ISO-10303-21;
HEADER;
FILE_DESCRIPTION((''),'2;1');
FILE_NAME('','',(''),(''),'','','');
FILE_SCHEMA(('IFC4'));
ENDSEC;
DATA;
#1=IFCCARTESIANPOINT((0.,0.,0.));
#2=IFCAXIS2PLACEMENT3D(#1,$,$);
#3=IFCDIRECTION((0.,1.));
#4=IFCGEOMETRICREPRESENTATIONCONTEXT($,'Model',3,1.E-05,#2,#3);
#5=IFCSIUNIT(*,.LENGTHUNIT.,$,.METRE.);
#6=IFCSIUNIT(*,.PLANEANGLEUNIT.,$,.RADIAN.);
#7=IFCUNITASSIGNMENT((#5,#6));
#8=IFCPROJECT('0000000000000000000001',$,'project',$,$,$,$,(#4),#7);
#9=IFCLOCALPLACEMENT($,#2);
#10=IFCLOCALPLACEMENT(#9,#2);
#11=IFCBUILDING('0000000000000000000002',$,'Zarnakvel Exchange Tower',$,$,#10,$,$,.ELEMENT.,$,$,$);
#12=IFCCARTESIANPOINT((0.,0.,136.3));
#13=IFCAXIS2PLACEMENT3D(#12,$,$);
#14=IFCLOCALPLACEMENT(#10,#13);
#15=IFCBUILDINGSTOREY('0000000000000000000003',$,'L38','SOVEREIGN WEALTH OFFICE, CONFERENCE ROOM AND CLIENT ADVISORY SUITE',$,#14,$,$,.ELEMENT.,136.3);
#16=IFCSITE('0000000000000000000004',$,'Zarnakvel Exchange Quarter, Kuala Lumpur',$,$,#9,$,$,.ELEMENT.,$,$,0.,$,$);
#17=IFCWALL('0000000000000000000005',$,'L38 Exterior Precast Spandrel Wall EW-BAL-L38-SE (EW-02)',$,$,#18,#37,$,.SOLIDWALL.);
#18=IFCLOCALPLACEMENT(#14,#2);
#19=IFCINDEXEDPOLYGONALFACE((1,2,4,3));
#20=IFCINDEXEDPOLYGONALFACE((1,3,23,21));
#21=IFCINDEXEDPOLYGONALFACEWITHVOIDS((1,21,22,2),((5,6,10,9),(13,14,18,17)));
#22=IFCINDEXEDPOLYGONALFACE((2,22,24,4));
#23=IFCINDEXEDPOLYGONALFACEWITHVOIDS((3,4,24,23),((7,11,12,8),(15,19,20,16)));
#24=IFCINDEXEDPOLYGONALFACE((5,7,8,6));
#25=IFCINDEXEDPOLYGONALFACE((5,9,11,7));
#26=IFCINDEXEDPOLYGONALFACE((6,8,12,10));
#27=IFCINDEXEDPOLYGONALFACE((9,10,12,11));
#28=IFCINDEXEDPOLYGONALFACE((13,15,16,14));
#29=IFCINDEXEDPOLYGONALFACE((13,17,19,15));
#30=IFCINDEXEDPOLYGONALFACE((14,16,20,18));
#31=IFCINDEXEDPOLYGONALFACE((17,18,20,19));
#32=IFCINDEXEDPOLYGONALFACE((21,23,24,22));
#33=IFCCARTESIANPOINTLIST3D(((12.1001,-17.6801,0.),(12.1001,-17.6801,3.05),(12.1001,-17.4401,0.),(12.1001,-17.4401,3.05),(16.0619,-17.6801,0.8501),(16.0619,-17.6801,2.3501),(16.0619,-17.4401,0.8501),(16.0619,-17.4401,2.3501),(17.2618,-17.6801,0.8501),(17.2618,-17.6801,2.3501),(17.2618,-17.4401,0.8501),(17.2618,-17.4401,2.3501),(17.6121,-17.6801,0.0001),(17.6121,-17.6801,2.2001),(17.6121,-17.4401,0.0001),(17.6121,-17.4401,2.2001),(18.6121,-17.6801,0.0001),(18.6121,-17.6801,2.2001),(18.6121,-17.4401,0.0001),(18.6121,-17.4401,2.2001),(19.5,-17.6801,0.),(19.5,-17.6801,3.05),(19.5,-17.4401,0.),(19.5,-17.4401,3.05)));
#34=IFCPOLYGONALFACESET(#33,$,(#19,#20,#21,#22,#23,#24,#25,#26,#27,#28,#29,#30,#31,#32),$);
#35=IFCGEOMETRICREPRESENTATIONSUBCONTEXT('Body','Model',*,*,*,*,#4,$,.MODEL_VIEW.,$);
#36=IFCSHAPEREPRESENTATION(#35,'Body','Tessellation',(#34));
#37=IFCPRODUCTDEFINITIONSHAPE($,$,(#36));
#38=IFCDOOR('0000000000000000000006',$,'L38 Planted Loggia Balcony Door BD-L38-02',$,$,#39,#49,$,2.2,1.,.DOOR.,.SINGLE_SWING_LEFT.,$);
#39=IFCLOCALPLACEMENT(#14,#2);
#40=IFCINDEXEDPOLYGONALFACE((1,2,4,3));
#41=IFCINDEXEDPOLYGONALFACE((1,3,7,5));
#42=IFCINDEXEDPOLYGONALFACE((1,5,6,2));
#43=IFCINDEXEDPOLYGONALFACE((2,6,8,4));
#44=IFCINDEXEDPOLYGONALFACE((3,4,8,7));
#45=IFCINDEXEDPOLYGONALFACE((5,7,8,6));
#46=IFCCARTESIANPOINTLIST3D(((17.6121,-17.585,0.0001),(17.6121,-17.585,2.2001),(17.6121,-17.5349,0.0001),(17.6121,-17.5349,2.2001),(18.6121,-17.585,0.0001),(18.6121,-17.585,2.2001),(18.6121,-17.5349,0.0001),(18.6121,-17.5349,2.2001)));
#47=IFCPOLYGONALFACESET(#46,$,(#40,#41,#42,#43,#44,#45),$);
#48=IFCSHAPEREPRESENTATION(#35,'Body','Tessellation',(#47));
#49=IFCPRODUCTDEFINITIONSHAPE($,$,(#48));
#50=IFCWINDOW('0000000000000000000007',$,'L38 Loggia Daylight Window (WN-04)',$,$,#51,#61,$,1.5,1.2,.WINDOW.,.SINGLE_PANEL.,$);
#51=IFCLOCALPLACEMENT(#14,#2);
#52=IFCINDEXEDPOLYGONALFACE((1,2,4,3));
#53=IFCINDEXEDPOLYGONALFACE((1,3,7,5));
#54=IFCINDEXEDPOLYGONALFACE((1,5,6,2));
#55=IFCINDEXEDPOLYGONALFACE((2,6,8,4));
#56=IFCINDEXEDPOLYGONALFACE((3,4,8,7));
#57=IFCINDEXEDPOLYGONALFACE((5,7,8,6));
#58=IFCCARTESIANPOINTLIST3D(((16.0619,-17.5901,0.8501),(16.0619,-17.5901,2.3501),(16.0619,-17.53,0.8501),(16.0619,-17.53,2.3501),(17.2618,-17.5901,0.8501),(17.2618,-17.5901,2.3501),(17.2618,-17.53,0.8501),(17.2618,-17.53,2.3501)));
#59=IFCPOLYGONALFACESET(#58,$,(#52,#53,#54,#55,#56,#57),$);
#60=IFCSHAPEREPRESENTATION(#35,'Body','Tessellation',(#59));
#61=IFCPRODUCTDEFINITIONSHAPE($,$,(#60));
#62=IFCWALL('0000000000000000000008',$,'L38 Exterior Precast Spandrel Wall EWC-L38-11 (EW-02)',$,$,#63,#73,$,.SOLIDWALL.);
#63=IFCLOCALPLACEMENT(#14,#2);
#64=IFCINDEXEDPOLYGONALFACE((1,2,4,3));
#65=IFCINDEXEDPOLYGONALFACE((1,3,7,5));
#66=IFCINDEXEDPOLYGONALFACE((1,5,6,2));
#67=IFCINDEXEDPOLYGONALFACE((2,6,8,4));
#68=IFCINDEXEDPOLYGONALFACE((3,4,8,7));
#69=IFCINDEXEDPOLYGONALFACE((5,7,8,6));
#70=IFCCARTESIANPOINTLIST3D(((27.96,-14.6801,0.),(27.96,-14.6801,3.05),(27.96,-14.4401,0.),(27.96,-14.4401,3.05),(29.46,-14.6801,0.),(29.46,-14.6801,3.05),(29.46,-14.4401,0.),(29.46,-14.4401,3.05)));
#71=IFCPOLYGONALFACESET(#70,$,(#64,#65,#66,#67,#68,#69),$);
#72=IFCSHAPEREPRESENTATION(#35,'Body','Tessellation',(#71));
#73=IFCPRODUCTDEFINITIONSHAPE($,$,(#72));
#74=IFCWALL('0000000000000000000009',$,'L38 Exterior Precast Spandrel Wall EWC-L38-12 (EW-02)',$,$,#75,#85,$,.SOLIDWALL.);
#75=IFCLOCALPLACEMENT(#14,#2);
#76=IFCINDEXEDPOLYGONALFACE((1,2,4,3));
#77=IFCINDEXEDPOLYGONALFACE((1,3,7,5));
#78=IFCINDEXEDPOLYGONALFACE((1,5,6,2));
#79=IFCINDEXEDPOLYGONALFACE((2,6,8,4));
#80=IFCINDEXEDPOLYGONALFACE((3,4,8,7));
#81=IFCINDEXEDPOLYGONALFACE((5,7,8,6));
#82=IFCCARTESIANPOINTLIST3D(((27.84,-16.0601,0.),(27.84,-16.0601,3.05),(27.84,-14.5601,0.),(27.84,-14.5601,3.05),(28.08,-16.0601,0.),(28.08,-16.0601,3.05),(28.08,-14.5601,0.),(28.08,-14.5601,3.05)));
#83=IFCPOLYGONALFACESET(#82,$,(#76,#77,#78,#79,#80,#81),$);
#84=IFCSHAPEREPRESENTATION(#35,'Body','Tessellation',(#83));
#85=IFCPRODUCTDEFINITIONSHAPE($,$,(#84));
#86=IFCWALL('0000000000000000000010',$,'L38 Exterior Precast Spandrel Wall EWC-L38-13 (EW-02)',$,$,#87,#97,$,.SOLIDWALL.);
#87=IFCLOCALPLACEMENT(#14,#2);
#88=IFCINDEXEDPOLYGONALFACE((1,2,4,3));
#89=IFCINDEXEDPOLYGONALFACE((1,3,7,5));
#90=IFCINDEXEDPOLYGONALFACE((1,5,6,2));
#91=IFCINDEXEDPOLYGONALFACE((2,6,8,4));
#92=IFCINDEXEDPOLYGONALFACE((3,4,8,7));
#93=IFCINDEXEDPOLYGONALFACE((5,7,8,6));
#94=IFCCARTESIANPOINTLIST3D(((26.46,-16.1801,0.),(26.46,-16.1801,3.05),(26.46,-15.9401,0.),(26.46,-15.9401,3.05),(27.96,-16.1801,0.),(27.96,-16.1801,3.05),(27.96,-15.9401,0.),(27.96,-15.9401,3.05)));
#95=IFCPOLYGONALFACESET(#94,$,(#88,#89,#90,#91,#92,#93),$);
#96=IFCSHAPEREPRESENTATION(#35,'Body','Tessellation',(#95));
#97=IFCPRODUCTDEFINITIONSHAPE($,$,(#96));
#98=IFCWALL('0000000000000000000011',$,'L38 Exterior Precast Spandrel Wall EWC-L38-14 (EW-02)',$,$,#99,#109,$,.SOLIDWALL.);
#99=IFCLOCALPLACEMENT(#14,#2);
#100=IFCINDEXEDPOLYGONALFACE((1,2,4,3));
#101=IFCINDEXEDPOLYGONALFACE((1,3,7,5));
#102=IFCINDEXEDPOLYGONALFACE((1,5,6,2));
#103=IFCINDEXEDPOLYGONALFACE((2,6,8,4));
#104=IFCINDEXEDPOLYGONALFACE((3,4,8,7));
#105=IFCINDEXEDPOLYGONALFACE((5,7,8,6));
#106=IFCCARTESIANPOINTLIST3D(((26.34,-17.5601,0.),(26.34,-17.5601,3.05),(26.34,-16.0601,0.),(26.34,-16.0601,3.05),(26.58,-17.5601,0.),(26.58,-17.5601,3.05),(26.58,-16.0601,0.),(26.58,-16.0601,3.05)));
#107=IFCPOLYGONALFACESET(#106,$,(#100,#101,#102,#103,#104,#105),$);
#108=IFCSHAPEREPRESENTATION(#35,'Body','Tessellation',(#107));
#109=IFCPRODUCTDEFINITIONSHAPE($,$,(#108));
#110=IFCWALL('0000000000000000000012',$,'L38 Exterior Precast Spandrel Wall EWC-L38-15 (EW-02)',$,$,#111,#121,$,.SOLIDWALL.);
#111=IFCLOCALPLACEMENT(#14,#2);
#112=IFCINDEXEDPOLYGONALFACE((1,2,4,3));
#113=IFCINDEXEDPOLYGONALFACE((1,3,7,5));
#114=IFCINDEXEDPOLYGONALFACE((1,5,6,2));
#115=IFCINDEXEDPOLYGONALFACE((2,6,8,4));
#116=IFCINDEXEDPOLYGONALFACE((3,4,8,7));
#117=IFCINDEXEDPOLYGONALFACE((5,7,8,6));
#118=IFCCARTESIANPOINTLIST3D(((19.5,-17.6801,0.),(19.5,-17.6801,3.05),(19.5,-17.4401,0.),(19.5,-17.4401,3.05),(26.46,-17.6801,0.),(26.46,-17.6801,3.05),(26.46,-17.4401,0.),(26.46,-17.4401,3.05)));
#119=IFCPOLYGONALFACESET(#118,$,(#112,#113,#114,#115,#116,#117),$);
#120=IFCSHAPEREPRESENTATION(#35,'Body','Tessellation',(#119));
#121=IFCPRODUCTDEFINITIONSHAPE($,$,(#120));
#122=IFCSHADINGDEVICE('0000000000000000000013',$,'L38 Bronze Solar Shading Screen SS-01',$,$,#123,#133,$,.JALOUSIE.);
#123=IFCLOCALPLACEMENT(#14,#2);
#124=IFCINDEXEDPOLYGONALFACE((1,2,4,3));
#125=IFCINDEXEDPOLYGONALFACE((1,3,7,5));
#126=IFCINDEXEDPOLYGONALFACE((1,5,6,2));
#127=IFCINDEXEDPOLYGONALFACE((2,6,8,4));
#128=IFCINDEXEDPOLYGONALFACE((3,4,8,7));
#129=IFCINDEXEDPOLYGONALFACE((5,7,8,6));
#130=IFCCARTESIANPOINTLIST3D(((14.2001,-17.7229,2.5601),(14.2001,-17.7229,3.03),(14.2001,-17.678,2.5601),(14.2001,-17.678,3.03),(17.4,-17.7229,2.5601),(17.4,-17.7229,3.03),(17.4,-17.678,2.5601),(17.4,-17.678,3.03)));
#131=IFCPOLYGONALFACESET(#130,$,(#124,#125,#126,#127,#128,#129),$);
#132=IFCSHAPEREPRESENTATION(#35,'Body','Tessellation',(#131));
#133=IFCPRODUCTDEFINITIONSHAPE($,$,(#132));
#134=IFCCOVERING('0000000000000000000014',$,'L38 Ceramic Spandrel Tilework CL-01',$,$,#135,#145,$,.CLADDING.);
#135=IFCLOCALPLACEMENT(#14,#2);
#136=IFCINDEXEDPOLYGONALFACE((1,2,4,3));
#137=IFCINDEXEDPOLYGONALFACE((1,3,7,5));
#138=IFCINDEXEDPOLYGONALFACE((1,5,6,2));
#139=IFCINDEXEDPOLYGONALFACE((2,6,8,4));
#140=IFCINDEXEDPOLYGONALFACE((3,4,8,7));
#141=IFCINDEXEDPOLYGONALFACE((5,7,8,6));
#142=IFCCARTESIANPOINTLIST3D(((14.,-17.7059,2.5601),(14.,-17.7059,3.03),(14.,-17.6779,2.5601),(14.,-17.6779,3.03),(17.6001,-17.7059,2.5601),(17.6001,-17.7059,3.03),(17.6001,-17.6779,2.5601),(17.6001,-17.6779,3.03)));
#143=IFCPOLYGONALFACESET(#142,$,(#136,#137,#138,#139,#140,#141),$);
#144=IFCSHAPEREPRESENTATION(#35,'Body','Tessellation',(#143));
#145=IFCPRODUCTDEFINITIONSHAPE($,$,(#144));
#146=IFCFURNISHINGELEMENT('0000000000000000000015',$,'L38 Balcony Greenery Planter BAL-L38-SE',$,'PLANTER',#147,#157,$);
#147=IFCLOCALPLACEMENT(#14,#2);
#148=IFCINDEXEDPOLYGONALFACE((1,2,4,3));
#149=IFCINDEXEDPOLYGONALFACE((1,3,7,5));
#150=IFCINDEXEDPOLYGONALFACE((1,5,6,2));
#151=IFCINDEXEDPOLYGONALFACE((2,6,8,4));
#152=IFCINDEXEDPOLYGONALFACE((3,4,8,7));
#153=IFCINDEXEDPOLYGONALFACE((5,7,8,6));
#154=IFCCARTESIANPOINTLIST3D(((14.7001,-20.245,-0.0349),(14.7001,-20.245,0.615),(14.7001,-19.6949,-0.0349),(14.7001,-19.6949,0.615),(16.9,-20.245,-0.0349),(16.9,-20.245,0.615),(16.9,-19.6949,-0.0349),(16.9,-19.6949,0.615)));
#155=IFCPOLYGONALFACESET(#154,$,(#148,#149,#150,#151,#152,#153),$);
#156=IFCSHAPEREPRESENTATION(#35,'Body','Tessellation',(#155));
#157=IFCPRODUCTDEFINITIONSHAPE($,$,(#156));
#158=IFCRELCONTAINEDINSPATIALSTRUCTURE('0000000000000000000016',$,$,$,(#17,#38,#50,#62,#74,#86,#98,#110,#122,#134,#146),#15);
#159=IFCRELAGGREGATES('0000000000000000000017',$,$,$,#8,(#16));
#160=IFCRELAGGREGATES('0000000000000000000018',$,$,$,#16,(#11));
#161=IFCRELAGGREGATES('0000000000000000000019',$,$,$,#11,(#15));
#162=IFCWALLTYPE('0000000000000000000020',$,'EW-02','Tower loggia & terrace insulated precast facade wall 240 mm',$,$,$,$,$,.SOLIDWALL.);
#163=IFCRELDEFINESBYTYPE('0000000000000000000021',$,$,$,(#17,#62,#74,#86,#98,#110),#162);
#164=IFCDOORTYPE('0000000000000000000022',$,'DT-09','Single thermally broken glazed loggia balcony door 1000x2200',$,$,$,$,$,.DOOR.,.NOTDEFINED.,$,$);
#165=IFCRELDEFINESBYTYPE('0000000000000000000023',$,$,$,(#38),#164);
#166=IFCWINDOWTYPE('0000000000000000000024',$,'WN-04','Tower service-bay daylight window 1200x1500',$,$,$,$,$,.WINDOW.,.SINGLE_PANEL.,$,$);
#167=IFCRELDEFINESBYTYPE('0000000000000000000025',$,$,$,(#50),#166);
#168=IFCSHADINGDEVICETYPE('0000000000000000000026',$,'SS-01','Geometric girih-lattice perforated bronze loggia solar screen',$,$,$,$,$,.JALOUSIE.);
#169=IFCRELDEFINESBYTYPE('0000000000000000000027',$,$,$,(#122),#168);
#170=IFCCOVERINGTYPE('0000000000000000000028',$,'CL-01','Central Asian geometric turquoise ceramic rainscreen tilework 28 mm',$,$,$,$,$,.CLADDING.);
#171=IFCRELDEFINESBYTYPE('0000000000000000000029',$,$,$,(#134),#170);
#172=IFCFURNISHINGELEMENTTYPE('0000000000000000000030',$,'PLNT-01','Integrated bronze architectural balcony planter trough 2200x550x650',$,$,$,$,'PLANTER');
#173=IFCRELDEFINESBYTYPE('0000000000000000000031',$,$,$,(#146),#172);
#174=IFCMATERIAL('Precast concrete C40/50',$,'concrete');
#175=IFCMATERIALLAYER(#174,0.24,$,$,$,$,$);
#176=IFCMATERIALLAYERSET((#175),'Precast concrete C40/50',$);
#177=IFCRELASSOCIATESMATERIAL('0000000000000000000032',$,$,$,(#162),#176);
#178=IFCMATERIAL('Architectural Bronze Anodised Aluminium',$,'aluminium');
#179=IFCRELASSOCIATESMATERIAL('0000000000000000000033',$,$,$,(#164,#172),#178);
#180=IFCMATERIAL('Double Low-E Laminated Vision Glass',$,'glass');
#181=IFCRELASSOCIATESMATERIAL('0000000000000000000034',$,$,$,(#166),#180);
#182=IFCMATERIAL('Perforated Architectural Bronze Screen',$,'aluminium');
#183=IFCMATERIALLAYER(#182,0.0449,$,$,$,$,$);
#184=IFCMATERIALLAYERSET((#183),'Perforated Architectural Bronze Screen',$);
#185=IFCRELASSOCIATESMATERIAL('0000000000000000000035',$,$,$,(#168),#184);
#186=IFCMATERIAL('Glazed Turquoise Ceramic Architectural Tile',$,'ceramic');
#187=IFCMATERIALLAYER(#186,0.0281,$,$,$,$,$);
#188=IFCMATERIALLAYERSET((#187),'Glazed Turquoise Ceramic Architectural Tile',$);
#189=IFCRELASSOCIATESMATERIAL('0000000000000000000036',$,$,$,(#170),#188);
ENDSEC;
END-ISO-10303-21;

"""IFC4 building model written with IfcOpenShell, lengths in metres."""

from ifc_helpers import new_model, si_unit, direction, frame, frame_2d, origin, origin_2d, place, context, subcontext, project, spatial, rectangle, extrude, source, transform, mapped, material, layer, layer_set, type_object, element, fill, save


model = new_model("IFC4")

# Units and contexts
model_context = context("Model", 3, precision=1e-05, world=origin(), true_north=direction((0.0, 1.0)))
body_context = subcontext(model_context, "Body", "Model", "MODEL_VIEW")
ifc_project = project(units=[si_unit("LENGTHUNIT", "METRE"), si_unit("PLANEANGLEUNIT", "RADIAN")], contexts=[model_context])

# Site, building, storey
site_placement = place(None, origin())
site = spatial("IfcSite", under=ifc_project, at=site_placement, Name="Zarnakvel Exchange Quarter, Kuala Lumpur", CompositionType="ELEMENT", RefElevation=0.0)
building_placement = place(site_placement, origin())
building = spatial("IfcBuilding", under=site, at=building_placement, Name="Zarnakvel Exchange Tower", CompositionType="ELEMENT")
storey_placement = place(building_placement, frame((0.0, 0.0, 136.3)))
storey = spatial("IfcBuildingStorey", under=building, at=storey_placement, Name="L38", Description="SOVEREIGN WEALTH OFFICE, CONFERENCE ROOM AND CLIENT ADVISORY SUITE", CompositionType="ELEMENT", Elevation=136.3)

# Shared definitions
ifc_material_1 = material(Name="Architectural Bronze Anodised Aluminium", Category="aluminium")
ifc_material_2 = material(Name="Double Low-E Laminated Vision Glass", Category="glass")

# Wall, openings, door, window
ifc_material_3 = material(Name="Precast concrete C40/50", Category="concrete")
ifc_layer_1 = layer(ifc_material_3, 0.24)
ifc_layer_set_1 = layer_set([ifc_layer_1], Name="Precast concrete C40/50")
wall_type = type_object("IfcWallType", Name="EW-02", Description="Tower loggia & terrace insulated precast facade wall 240 mm", PredefinedType="SOLIDWALL", material=ifc_layer_set_1)
wall_1_placement = place(storey_placement, frame((19.5, -17.5601, 0.0), z_axis=(0.0, 0.0, 1.0), x_axis=(-1.0, 0.0, 0.0)))
wall_1 = element("IfcWall", 1, at=wall_1_placement, inside=storey, type_object=wall_type, Name="L38 Exterior Precast Spandrel Wall EW-BAL-L38-SE (EW-02)", PredefinedType="SOLIDWALL", context=body_context, shape_type="SweptSolid", body=[
    extrude(rectangle(XDim=7.3999, YDim=0.24, at=frame_2d((3.7, 0.0))), origin(), (0.0, 0.0, 1.0), 3.05),
])
opening_1_placement = place(wall_1_placement, frame((0.8879, 0.0, 0.0)))
opening_1 = element("IfcOpeningElement", 2, at=opening_1_placement, cuts=wall_1, PredefinedType="OPENING", context=body_context, shape_type="SweptSolid", body=[
    extrude(rectangle(XDim=1.0, YDim=2.2, at=frame_2d((0.5, 1.1001))), frame((0.0, 0.1299, 0.0), z_axis=(0.0, -1.0, 0.0), x_axis=(1.0, 0.0, 0.0)), (0.0, 0.0, 1.0), 0.26),
])
opening_2_placement = place(wall_1_placement, frame((2.238, 0.0, 0.8501)))
opening_2 = element("IfcOpeningElement", 3, at=opening_2_placement, cuts=wall_1, PredefinedType="OPENING", context=body_context, shape_type="SweptSolid", body=[
    extrude(rectangle(XDim=1.2, YDim=1.5, at=frame_2d((0.6001, 0.75))), frame((0.0, 0.1299, 0.0), z_axis=(0.0, -1.0, 0.0), x_axis=(1.0, 0.0, 0.0)), (0.0, 0.0, 1.0), 0.26),
])
door_type = type_object("IfcDoorType", Name="DT-09", Description="Single thermally broken glazed loggia balcony door 1000x2200", OperationType="NOTDEFINED", PredefinedType="DOOR", material=ifc_material_1)
shared_shape_1 = source(origin(), body_context, "Body", "SweptSolid", [
    extrude(rectangle(XDim=1.0, YDim=2.2, at=frame_2d((0.5, 1.1001))), frame((0.0, 0.0249, 0.0), z_axis=(0.0, -1.0, 0.0), x_axis=(1.0, 0.0, 0.0)), (0.0, 0.0, 1.0), 0.05),
])
door_placement = place(opening_1_placement, origin())
door = element("IfcDoor", 4, at=door_placement, inside=storey, type_object=door_type, Name="L38 Planted Loggia Balcony Door BD-L38-02", OperationType="SINGLE_SWING_LEFT", OverallHeight=2.2, OverallWidth=1.0, PredefinedType="DOOR", context=body_context, shape_type="MappedRepresentation", body=[
    mapped(shared_shape_1, transform((0.0, 0.0, 0.0), x_axis=(1.0, 0.0, 0.0), y_axis=(0.0, 1.0, 0.0), z_axis=(0.0, 0.0, 1.0), scale=1.0)),
])
fill(opening_1, door)
window_type = type_object("IfcWindowType", Name="WN-04", Description="Tower service-bay daylight window 1200x1500", PartitioningType="SINGLE_PANEL", PredefinedType="WINDOW", material=ifc_material_2)
shared_shape_2 = source(origin(), body_context, "Body", "SweptSolid", [
    extrude(rectangle(XDim=1.2, YDim=1.5, at=frame_2d((0.6001, 0.75))), frame((0.0, 0.03, 0.0), z_axis=(0.0, -1.0, 0.0), x_axis=(1.0, 0.0, 0.0)), (0.0, 0.0, 1.0), 0.0601),
])
window_placement = place(opening_2_placement, origin())
window = element("IfcWindow", 5, at=window_placement, inside=storey, type_object=window_type, Name="L38 Loggia Daylight Window (WN-04)", OverallHeight=1.5, OverallWidth=1.2, PartitioningType="SINGLE_PANEL", PredefinedType="WINDOW", context=body_context, shape_type="MappedRepresentation", body=[
    mapped(shared_shape_2, transform((0.0, 0.0, 0.0), x_axis=(1.0, 0.0, 0.0), y_axis=(0.0, 1.0, 0.0), z_axis=(0.0, 0.0, 1.0), scale=1.0)),
])
fill(opening_2, window)

# Walls
for number, where, z_axis, x_axis, name in (
    (6, (27.96, -14.5601, 0.0), (0.0, 0.0, 1.0), (1.0, 0.0, 0.0), "L38 Exterior Precast Spandrel Wall EWC-L38-11 (EW-02)"),
    (7, (27.96, -16.0601, 0.0), (0.0, 0.0, 1.0), (0.0, 1.0, 0.0), "L38 Exterior Precast Spandrel Wall EWC-L38-12 (EW-02)"),
    (8, (26.46, -16.0601, 0.0), (0.0, 0.0, 1.0), (1.0, 0.0, 0.0), "L38 Exterior Precast Spandrel Wall EWC-L38-13 (EW-02)"),
    (9, (26.46, -17.5601, 0.0), (0.0, 0.0, 1.0), (0.0, 1.0, 0.0), "L38 Exterior Precast Spandrel Wall EWC-L38-14 (EW-02)"),
):
    element("IfcWall", number, at=place(storey_placement, frame(where, z_axis=z_axis, x_axis=x_axis)), inside=storey, type_object=wall_type, Name=name, PredefinedType="SOLIDWALL", context=body_context, shape_type="SweptSolid", body=[
        extrude(rectangle(XDim=1.5, YDim=0.24, at=frame_2d((0.75, 0.0))), origin(), (0.0, 0.0, 1.0), 3.05),
    ])
wall_2_placement = place(storey_placement, frame((19.5, -17.5601, 0.0), z_axis=(0.0, 0.0, 1.0), x_axis=(1.0, 0.0, 0.0)))
element("IfcWall", 10, at=wall_2_placement, inside=storey, type_object=wall_type, Name="L38 Exterior Precast Spandrel Wall EWC-L38-15 (EW-02)", PredefinedType="SOLIDWALL", context=body_context, shape_type="SweptSolid", body=[
    extrude(rectangle(XDim=6.96, YDim=0.24, at=frame_2d((3.48, 0.0))), origin(), (0.0, 0.0, 1.0), 3.05),
])

# Shading device
ifc_material_4 = material(Name="Perforated Architectural Bronze Screen", Category="aluminium")
ifc_layer_2 = layer(ifc_material_4, 0.0449)
ifc_layer_set_2 = layer_set([ifc_layer_2], Name="Perforated Architectural Bronze Screen")
shading_device_type = type_object("IfcShadingDeviceType", Name="SS-01", Description="Geometric girih-lattice perforated bronze loggia solar screen", PredefinedType="JALOUSIE", material=ifc_layer_set_2)
shared_shape_3 = source(origin(), body_context, "Body", "SweptSolid", [
    extrude(rectangle(XDim=3.2, YDim=0.0449, at=origin_2d()), origin(), (0.0, 0.0, 1.0), 0.47),
])
shading_device_placement = place(storey_placement, frame((15.8, -17.7004, 2.5601), z_axis=(0.0, 0.0, 1.0), x_axis=(-1.0, 0.0, 0.0)))
element("IfcShadingDevice", 11, at=shading_device_placement, inside=storey, type_object=shading_device_type, Name="L38 Bronze Solar Shading Screen SS-01", PredefinedType="JALOUSIE", context=body_context, shape_type="MappedRepresentation", body=[
    mapped(shared_shape_3, transform((0.0, 0.0, 0.0), x_axis=(1.0, 0.0, 0.0), y_axis=(0.0, 1.0, 0.0), z_axis=(0.0, 0.0, 1.0), scale=1.0)),
])

# Covering
ifc_material_5 = material(Name="Glazed Turquoise Ceramic Architectural Tile", Category="ceramic")
ifc_layer_3 = layer(ifc_material_5, 0.0281)
ifc_layer_set_3 = layer_set([ifc_layer_3], Name="Glazed Turquoise Ceramic Architectural Tile")
covering_type = type_object("IfcCoveringType", Name="CL-01", Description="Central Asian geometric turquoise ceramic rainscreen tilework 28 mm", PredefinedType="CLADDING", material=ifc_layer_set_3)
shared_shape_4 = source(origin(), body_context, "Body", "SweptSolid", [
    extrude(rectangle(XDim=3.6001, YDim=0.0281, at=origin_2d()), origin(), (0.0, 0.0, 1.0), 0.47),
])
covering_placement = place(storey_placement, frame((15.8, -17.6919, 2.5601), z_axis=(0.0, 0.0, 1.0), x_axis=(-1.0, 0.0, 0.0)))
element("IfcCovering", 12, at=covering_placement, inside=storey, type_object=covering_type, Name="L38 Ceramic Spandrel Tilework CL-01", PredefinedType="CLADDING", context=body_context, shape_type="MappedRepresentation", body=[
    mapped(shared_shape_4, transform((0.0, 0.0, 0.0), x_axis=(1.0, 0.0, 0.0), y_axis=(0.0, 1.0, 0.0), z_axis=(0.0, 0.0, 1.0), scale=1.0)),
])

# Furnishing element
furnishing_element_type = type_object("IfcFurnishingElementType", Name="PLNT-01", Description="Integrated bronze architectural balcony planter trough 2200x550x650", ElementType="PLANTER", material=ifc_material_1)
shared_shape_5 = source(origin(), body_context, "Body", "SweptSolid", [
    extrude(rectangle(XDim=2.2, YDim=0.55, at=origin_2d()), origin(), (0.0, 0.0, 1.0), 0.6499),
])
furnishing_placement = place(storey_placement, frame((15.8, -19.97, -0.0349), z_axis=(0.0, 0.0, 1.0), x_axis=(1.0, 0.0, 0.0)))
element("IfcFurnishingElement", 13, at=furnishing_placement, inside=storey, type_object=furnishing_element_type, Name="L38 Balcony Greenery Planter BAL-L38-SE", ObjectType="PLANTER", context=body_context, shape_type="MappedRepresentation", body=[
    mapped(shared_shape_5, transform((0.0, 0.0, 0.0), x_axis=(1.0, 0.0, 0.0), y_axis=(0.0, 1.0, 0.0), z_axis=(0.0, 0.0, 1.0), scale=1.0)),
])

save(model, "model.ifc")
